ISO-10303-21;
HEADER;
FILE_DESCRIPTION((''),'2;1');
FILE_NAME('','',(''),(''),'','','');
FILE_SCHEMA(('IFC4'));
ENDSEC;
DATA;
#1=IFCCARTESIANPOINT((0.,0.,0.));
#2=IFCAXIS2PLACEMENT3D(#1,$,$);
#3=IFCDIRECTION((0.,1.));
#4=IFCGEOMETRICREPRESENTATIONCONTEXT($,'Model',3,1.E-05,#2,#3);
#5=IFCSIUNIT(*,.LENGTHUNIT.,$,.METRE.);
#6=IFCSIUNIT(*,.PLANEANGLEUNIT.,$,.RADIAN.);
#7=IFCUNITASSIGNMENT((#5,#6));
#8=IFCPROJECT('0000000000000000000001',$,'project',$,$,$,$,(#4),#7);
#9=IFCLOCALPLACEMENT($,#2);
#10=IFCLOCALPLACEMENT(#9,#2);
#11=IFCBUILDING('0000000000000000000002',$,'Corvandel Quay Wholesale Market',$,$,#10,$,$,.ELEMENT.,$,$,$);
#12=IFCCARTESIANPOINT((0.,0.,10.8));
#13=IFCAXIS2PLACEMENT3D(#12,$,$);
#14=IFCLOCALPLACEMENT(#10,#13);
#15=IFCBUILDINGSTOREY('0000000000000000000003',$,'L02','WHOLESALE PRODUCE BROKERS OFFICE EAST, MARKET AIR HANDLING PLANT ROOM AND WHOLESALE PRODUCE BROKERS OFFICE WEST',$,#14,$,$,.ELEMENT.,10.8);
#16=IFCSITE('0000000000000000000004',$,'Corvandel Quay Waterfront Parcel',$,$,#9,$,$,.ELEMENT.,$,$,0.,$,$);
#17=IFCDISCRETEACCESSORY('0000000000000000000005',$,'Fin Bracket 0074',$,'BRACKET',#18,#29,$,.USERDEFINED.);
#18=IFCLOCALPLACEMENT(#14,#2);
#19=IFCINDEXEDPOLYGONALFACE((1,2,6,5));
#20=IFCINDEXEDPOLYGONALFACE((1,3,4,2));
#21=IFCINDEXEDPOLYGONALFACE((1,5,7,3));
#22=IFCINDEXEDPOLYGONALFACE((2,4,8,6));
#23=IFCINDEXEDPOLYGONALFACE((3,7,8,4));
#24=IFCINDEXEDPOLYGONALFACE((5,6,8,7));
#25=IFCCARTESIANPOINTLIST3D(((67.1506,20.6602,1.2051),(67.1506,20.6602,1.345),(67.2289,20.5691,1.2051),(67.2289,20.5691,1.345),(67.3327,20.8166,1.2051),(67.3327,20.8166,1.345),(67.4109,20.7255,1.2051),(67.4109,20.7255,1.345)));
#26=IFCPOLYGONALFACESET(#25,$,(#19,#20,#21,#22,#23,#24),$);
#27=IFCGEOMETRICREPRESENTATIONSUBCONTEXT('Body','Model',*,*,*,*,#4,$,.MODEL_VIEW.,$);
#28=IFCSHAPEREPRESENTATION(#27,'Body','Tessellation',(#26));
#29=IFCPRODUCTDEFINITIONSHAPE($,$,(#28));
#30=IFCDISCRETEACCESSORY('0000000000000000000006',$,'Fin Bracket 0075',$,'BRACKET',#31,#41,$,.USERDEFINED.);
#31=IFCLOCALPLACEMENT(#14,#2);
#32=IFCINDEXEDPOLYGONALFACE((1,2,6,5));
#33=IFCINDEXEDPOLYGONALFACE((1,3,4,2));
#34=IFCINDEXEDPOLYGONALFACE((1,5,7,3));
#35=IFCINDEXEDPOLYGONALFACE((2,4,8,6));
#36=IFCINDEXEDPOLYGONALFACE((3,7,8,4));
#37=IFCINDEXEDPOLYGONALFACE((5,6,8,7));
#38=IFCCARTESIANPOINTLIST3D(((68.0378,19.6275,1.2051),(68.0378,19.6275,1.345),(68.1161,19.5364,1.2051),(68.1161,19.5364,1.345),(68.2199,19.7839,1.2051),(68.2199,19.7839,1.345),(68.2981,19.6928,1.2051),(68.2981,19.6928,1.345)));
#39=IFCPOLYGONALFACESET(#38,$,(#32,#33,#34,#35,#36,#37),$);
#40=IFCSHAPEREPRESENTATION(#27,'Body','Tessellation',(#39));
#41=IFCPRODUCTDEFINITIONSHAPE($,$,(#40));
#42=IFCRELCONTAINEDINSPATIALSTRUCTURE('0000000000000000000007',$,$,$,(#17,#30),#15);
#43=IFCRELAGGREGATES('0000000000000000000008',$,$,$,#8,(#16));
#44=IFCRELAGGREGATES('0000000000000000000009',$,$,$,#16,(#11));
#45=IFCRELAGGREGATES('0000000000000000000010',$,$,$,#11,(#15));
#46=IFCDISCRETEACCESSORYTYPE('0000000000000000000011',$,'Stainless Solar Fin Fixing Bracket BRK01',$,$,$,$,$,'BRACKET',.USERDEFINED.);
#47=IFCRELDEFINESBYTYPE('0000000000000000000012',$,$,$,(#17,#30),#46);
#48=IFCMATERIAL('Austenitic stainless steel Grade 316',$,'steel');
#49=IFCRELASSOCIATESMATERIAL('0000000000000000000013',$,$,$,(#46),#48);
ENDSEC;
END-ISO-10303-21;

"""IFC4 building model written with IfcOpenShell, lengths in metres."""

from ifc_helpers import new_model, si_unit, direction, frame, origin, origin_2d, place, context, subcontext, project, spatial, rectangle, extrude, material, type_object, element, save


model = new_model("IFC4")

# Units and contexts
model_context = context("Model", 3, precision=1e-05, world=origin(), true_north=direction((0.0, 1.0)))
body_context = subcontext(model_context, "Body", "Model", "MODEL_VIEW")
ifc_project = project(units=[si_unit("LENGTHUNIT", "METRE"), si_unit("PLANEANGLEUNIT", "RADIAN")], contexts=[model_context])

# Site, building, storey
site_placement = place(None, origin())
site = spatial("IfcSite", under=ifc_project, at=site_placement, Name="Corvandel Quay Waterfront Parcel", CompositionType="ELEMENT", RefElevation=0.0)
building_placement = place(site_placement, origin())
building = spatial("IfcBuilding", under=site, at=building_placement, Name="Corvandel Quay Wholesale Market", CompositionType="ELEMENT")
storey_placement = place(building_placement, frame((0.0, 0.0, 10.8)))
storey = spatial("IfcBuildingStorey", under=building, at=storey_placement, Name="L02", Description="WHOLESALE PRODUCE BROKERS OFFICE EAST, MARKET AIR HANDLING PLANT ROOM AND WHOLESALE PRODUCE BROKERS OFFICE WEST", CompositionType="ELEMENT", Elevation=10.8)

# Discrete accessories
ifc_material_1 = material(Name="Austenitic stainless steel Grade 316", Category="steel")
discrete_accessory_type = type_object("IfcDiscreteAccessoryType", Name="Stainless Solar Fin Fixing Bracket BRK01", ElementType="BRACKET", PredefinedType="USERDEFINED", material=ifc_material_1)
for number, where, z_axis, x_axis, name in (
    (1, (67.2808, 20.6929, 1.2051), (0.0, 0.0, 1.0), (0.758589, 0.651569, 0.0), "Fin Bracket 0074"),
    (2, (68.168, 19.6602, 1.2051), (0.0, 0.0, 1.0), (0.758589, 0.651569, 0.0), "Fin Bracket 0075"),
):
    element("IfcDiscreteAccessory", number, at=place(storey_placement, frame(where, z_axis=z_axis, x_axis=x_axis)), inside=storey, type_object=discrete_accessory_type, Name=name, ObjectType="BRACKET", PredefinedType="USERDEFINED", context=body_context, shape_type="SweptSolid", body=[
        extrude(rectangle(XDim=0.24, YDim=0.1201, at=origin_2d()), origin(), (0.0, 0.0, 1.0), 0.1399),
    ])

save(model, "model.ifc")
